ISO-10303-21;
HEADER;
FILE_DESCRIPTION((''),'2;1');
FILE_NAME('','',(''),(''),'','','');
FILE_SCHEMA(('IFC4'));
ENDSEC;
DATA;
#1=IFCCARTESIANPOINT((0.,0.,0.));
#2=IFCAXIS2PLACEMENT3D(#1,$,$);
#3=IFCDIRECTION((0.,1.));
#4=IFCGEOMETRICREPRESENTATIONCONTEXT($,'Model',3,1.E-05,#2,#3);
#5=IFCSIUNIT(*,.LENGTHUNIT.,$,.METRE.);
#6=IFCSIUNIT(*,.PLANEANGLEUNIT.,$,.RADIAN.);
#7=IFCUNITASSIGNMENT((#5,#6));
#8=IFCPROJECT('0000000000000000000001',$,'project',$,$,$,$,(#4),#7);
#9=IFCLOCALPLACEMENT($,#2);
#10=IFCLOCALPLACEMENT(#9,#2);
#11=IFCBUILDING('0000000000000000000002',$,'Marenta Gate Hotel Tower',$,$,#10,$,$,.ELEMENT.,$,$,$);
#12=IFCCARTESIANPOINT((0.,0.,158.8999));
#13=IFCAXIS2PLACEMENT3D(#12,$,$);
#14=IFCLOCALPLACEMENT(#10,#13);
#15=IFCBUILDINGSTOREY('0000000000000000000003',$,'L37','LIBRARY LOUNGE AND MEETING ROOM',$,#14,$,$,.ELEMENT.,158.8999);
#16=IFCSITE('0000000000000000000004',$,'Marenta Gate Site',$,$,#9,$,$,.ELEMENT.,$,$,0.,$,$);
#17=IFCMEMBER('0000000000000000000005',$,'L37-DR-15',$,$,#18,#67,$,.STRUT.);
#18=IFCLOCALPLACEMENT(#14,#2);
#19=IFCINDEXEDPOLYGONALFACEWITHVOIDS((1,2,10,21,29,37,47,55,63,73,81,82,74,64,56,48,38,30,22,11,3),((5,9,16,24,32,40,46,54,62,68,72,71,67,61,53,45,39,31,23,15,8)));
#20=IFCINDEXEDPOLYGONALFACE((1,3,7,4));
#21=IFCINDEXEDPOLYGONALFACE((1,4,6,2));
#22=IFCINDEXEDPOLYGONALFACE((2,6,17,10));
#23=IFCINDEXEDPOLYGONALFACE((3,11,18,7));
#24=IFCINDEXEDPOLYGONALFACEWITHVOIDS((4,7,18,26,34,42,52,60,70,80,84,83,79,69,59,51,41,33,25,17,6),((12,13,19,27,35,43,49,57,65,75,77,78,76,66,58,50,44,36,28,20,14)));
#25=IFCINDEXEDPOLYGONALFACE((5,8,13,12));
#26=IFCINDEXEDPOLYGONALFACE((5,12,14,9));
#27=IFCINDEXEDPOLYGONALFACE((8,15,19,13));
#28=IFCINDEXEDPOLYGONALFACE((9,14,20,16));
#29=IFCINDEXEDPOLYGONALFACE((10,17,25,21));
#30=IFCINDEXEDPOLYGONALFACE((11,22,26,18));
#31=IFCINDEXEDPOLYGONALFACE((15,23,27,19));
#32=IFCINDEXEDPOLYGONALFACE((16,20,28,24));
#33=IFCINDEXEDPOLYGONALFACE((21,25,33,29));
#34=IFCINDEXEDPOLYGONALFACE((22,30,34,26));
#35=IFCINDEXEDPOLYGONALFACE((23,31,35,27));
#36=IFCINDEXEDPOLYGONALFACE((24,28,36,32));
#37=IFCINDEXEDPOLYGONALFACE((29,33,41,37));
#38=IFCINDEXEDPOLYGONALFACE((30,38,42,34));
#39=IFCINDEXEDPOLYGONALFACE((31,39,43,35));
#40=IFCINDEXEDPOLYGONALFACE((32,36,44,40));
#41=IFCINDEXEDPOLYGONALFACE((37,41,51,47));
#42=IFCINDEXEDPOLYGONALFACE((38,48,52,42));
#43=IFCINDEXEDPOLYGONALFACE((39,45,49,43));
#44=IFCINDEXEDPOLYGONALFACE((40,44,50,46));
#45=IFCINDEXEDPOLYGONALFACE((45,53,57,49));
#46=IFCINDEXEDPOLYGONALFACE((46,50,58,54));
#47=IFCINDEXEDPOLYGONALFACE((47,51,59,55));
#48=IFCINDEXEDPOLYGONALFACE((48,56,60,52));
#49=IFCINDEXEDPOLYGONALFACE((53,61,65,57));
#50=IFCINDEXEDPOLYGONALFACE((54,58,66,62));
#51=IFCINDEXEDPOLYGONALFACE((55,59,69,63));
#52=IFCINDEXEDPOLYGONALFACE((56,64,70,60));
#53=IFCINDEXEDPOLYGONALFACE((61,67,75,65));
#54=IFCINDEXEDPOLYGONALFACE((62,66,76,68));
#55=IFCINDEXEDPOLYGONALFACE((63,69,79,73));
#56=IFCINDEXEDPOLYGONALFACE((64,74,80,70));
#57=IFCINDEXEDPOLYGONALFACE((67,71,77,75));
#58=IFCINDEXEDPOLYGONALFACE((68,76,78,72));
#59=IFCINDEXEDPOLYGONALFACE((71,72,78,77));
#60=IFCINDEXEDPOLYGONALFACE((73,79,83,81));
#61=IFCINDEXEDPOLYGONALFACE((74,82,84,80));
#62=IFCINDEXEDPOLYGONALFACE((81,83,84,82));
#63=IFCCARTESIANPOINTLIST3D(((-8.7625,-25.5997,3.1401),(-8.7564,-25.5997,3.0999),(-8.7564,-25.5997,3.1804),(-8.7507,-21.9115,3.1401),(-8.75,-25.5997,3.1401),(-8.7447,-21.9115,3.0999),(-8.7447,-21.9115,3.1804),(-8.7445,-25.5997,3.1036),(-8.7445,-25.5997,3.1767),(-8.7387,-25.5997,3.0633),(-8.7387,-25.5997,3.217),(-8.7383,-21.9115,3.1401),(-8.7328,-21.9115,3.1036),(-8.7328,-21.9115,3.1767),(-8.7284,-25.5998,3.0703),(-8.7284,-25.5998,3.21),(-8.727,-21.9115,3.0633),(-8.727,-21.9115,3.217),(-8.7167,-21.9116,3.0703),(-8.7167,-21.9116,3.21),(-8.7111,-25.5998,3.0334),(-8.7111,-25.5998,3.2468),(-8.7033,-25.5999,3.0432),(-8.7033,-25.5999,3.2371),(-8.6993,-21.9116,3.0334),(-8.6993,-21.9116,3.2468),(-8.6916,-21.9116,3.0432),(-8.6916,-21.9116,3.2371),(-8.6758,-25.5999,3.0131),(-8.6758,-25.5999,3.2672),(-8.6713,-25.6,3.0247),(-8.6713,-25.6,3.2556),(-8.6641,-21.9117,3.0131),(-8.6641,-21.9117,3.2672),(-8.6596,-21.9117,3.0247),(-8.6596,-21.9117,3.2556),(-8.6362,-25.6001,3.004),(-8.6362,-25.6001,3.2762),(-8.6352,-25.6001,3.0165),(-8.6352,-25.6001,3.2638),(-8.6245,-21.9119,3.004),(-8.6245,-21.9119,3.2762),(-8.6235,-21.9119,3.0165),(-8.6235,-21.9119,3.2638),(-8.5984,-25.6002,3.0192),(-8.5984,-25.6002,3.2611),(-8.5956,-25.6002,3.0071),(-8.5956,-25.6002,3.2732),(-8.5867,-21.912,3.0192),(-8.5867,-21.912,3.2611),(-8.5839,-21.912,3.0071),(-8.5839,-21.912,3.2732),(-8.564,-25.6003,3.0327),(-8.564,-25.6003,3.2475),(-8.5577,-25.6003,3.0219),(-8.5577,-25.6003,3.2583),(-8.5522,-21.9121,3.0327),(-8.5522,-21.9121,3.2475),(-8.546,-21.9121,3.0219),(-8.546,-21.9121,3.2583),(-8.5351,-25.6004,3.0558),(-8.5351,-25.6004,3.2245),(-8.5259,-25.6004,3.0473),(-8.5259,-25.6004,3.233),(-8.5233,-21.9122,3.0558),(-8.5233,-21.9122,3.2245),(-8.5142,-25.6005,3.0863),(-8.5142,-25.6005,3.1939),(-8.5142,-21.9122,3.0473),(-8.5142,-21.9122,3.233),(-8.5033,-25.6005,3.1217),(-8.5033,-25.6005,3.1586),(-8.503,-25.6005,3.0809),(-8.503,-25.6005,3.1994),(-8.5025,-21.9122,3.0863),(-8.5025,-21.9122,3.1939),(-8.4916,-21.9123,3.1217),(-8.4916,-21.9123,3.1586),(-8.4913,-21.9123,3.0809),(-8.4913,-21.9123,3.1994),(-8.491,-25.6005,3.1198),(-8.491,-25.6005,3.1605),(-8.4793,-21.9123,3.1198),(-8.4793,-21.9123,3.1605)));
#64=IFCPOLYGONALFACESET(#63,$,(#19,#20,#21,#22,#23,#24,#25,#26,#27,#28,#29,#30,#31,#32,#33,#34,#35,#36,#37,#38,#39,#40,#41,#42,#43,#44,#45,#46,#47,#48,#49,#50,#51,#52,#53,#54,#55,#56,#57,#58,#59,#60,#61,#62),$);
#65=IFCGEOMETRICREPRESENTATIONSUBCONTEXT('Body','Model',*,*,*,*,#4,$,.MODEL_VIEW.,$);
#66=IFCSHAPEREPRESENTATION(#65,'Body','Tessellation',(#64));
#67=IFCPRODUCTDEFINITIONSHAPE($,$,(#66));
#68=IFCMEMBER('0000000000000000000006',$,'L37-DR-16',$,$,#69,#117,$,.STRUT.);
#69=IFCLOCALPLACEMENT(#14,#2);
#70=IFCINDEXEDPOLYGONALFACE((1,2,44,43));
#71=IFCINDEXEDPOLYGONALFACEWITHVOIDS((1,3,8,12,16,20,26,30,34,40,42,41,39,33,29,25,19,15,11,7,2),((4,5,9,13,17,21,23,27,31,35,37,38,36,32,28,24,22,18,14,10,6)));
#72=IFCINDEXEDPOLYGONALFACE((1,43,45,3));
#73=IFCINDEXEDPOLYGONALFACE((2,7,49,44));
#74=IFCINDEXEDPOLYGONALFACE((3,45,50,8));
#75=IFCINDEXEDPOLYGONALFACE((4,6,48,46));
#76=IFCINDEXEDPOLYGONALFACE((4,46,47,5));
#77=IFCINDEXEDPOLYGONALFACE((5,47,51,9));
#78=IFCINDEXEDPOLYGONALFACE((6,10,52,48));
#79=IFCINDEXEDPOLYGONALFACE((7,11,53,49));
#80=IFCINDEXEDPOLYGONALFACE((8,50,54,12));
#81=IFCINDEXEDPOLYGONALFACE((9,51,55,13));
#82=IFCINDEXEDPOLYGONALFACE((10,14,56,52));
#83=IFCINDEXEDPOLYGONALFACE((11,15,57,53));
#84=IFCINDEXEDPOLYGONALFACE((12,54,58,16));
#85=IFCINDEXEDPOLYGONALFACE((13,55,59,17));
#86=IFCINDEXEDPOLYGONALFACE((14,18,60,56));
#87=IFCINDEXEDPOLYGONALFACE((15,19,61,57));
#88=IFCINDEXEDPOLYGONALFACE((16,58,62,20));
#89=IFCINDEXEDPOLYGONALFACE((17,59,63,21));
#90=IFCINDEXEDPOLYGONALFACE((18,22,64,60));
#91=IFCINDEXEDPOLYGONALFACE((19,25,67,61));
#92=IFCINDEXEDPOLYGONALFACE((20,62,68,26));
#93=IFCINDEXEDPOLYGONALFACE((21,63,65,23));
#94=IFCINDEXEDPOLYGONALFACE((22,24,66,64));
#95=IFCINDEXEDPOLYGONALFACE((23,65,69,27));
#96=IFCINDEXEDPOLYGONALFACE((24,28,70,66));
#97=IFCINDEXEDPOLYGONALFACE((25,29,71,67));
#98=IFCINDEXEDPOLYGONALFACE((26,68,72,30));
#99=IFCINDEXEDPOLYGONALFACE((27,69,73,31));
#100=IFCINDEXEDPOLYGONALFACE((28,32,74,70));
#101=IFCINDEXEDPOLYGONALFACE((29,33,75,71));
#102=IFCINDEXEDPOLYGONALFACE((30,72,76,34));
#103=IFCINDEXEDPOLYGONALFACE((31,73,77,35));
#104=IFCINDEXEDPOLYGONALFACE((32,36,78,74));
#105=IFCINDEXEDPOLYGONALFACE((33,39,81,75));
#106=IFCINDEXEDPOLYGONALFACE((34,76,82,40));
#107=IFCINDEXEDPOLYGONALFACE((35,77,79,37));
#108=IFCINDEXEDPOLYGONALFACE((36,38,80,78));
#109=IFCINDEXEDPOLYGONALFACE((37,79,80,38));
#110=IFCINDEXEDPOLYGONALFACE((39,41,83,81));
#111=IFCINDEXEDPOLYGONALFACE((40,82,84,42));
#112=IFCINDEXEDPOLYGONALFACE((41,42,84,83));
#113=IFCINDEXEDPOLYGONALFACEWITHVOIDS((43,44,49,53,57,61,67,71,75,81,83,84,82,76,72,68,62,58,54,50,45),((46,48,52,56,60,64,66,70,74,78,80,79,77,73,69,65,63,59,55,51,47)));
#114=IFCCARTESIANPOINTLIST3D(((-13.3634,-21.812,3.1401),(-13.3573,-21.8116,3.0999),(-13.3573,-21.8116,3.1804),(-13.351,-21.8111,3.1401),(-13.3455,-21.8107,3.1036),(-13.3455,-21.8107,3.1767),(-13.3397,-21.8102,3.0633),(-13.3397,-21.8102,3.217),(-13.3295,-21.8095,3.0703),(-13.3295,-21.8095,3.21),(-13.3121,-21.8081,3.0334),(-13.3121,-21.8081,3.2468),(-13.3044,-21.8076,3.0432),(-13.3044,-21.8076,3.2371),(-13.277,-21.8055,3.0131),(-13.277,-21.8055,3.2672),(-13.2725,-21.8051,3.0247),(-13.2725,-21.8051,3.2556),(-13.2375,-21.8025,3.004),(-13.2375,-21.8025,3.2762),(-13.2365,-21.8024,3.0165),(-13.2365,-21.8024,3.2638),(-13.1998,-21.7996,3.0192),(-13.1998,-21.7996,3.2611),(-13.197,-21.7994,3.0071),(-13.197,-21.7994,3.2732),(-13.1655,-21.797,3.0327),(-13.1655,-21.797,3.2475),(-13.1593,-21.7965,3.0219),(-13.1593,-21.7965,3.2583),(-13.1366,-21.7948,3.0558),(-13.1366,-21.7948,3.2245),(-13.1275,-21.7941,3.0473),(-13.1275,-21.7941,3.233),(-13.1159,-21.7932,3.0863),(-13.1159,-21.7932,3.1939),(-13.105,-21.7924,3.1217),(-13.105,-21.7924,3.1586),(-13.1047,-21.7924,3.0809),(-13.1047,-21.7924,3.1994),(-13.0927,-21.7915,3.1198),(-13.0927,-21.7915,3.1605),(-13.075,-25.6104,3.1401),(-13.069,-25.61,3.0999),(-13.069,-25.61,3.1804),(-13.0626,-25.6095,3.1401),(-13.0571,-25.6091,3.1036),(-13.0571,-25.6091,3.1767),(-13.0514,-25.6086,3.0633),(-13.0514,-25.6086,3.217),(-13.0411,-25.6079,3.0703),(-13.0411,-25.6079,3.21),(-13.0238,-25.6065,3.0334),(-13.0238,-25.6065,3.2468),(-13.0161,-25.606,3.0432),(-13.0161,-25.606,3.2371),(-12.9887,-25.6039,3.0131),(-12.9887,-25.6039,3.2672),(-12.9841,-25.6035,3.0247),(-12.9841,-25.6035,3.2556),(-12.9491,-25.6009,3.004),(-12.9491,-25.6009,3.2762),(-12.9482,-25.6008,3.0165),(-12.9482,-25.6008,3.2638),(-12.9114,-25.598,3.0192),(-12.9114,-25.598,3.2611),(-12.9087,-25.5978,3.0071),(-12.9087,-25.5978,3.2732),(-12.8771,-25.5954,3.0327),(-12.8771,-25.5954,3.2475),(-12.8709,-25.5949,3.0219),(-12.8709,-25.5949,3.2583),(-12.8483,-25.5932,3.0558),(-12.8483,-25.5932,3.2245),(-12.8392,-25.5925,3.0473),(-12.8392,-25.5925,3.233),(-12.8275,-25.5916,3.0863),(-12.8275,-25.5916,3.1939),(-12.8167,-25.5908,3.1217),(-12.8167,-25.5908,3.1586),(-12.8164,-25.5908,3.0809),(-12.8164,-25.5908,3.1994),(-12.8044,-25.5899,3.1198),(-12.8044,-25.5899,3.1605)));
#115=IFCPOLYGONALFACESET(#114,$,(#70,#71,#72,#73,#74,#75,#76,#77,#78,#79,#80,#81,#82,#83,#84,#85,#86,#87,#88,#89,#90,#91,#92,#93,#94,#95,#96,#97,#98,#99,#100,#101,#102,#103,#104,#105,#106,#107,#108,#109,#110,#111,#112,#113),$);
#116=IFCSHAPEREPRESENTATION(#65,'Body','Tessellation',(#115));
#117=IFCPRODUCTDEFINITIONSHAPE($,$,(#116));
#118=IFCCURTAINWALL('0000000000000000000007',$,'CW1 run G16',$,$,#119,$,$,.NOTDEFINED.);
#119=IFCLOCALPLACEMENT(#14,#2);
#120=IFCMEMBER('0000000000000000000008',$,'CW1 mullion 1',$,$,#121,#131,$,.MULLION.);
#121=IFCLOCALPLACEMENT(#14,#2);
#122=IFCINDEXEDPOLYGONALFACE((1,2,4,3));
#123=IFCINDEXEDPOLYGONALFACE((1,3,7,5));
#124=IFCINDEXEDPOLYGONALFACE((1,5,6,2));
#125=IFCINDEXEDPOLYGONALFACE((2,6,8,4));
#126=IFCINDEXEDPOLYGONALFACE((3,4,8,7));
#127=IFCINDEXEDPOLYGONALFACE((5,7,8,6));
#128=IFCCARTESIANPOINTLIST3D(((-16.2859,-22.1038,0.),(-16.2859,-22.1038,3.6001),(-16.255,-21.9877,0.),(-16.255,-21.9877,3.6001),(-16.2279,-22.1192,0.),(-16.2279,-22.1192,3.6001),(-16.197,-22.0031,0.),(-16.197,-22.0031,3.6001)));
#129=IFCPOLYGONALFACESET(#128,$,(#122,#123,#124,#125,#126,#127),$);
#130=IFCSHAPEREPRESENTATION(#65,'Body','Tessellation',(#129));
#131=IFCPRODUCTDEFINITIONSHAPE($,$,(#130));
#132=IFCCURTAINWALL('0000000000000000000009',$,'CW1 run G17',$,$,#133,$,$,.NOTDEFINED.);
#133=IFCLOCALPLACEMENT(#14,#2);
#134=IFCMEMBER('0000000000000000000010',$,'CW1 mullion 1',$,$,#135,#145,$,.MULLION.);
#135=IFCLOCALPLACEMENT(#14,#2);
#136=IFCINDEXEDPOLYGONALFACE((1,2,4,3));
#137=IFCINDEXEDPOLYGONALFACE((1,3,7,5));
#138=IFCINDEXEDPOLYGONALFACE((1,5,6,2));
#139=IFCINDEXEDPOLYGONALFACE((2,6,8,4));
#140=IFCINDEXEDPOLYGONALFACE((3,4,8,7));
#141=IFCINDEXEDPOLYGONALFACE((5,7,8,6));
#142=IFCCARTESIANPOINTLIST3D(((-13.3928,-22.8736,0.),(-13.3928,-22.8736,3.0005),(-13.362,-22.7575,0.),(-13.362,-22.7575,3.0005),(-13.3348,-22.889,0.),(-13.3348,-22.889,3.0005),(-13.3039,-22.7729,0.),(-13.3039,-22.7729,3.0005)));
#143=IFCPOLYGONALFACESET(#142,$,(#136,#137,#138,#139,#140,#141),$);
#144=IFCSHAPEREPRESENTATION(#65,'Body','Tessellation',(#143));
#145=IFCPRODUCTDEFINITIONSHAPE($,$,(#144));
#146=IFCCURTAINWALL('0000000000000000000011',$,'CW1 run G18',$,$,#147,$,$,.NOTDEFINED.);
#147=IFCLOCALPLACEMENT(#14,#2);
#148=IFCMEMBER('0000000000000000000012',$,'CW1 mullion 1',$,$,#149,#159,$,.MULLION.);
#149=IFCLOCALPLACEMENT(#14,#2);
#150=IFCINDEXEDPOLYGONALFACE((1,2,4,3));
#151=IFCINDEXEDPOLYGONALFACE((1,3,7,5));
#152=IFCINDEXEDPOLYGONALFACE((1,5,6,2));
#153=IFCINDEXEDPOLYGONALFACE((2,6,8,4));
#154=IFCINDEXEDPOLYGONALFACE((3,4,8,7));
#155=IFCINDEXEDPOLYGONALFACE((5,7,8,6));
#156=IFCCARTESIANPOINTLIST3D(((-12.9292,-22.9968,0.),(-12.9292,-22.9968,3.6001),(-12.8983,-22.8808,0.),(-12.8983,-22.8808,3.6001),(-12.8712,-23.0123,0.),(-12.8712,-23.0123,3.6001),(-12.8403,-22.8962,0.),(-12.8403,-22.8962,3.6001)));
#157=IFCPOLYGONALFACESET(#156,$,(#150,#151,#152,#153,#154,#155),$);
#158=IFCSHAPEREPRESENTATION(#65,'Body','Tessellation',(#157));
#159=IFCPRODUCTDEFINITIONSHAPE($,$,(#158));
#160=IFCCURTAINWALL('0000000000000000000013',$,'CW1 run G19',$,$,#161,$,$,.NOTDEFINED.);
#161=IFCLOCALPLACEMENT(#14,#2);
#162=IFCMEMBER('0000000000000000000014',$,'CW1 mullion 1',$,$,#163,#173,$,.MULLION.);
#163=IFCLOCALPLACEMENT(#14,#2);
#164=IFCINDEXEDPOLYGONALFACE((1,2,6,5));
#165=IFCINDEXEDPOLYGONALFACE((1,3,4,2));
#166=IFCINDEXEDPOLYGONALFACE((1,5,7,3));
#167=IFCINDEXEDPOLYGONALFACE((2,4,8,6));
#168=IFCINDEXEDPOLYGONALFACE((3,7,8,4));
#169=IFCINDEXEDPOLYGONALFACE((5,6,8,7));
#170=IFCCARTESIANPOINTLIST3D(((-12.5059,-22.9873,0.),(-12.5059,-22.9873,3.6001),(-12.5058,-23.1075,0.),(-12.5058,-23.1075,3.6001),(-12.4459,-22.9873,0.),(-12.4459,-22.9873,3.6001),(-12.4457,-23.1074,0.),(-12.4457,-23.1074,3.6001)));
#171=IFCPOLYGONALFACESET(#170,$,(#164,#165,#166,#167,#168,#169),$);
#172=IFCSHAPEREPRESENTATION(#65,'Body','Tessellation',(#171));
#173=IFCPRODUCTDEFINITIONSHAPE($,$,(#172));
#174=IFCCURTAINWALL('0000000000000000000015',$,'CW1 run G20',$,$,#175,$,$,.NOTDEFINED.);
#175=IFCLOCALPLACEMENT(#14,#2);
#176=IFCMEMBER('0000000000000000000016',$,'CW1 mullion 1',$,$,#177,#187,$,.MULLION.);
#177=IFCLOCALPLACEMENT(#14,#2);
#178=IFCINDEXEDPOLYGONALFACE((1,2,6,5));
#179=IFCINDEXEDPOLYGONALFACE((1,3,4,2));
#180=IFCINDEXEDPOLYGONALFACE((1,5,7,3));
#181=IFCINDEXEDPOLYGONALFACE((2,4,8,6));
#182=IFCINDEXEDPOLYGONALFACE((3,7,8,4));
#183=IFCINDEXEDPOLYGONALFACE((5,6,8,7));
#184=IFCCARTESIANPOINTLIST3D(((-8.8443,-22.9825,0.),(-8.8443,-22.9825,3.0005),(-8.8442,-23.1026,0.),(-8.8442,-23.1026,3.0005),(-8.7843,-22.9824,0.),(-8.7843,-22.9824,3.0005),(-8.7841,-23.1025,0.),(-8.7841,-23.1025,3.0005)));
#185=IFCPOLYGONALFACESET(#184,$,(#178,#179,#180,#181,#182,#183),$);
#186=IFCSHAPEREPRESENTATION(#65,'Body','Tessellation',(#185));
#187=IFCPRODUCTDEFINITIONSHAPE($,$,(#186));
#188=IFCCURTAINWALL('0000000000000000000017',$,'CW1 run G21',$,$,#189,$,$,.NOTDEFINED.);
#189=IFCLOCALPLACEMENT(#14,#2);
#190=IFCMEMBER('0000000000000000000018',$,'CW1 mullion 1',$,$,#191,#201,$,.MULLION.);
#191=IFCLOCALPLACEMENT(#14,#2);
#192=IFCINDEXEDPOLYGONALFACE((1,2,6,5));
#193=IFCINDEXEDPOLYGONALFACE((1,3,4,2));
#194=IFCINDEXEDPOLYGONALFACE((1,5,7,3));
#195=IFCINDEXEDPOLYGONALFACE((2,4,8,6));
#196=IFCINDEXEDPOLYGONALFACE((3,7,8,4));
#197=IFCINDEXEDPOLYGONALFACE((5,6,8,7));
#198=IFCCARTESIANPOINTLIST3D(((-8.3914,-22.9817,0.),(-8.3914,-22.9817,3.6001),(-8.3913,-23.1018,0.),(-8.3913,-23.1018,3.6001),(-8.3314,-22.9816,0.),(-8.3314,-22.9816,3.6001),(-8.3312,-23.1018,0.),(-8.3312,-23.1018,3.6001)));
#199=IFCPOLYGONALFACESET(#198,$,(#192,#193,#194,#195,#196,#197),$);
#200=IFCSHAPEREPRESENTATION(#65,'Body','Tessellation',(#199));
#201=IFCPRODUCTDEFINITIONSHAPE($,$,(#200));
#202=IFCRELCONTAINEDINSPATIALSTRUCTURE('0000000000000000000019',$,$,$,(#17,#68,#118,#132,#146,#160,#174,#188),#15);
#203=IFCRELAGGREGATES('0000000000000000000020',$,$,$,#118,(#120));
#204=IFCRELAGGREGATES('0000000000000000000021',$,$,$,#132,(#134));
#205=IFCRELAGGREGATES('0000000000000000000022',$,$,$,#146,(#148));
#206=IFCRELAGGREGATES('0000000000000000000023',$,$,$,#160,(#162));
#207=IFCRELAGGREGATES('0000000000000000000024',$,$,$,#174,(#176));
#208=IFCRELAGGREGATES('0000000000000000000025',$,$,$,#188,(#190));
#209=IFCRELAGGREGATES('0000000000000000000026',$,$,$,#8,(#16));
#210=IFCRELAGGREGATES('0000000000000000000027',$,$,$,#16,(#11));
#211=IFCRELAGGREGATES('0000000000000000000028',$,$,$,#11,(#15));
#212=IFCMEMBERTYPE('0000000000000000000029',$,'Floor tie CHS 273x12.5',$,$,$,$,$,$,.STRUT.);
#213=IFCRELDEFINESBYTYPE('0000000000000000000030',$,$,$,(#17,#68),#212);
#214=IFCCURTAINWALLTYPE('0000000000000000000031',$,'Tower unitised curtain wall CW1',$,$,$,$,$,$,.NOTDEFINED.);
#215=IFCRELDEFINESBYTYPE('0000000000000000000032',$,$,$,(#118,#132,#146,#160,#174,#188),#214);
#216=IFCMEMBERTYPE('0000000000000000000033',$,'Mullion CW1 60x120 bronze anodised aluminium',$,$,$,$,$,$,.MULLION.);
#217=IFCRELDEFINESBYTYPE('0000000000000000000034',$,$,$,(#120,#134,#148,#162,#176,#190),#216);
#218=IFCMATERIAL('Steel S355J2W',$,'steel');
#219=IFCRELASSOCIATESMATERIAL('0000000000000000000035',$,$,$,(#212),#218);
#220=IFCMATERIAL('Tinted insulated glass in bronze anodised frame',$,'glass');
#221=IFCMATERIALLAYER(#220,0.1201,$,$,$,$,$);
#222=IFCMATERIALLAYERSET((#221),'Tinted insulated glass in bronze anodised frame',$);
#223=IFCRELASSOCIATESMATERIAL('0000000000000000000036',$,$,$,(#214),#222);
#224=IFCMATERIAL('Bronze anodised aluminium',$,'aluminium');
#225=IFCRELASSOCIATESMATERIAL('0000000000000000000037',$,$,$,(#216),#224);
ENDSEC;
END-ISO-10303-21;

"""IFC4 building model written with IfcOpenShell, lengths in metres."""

from ifc_helpers import new_model, si_unit, direction, frame, origin, origin_2d, place, context, subcontext, project, spatial, rectangle, hollow_circle, extrude, material, layer, layer_set, material_profile, profile_set, type_object, element, aggregate, save


model = new_model("IFC4")

# Units and contexts
model_context = context("Model", 3, precision=1e-05, world=origin(), true_north=direction((0.0, 1.0)))
body_context = subcontext(model_context, "Body", "Model", "MODEL_VIEW")
ifc_project = project(units=[si_unit("LENGTHUNIT", "METRE"), si_unit("PLANEANGLEUNIT", "RADIAN")], contexts=[model_context])

# Site, building, storey
site_placement = place(None, origin())
site = spatial("IfcSite", under=ifc_project, at=site_placement, Name="Marenta Gate Site", CompositionType="ELEMENT", RefElevation=0.0)
building_placement = place(site_placement, origin())
building = spatial("IfcBuilding", under=site, at=building_placement, Name="Marenta Gate Hotel Tower", CompositionType="ELEMENT")
storey_placement = place(building_placement, frame((0.0, 0.0, 158.8999)))
storey = spatial("IfcBuildingStorey", under=building, at=storey_placement, Name="L37", Description="LIBRARY LOUNGE AND MEETING ROOM", CompositionType="ELEMENT", Elevation=158.8999)

# Members
ifc_material_1 = material(Name="Steel S355J2W", Category="steel")
ifc_material_profile_1 = material_profile(ifc_material_1, hollow_circle(Radius=0.1365, WallThickness=0.0125, at=origin_2d()), Name="CHS 273x12.5")
ifc_profile_set_1 = profile_set([ifc_material_profile_1], Name="Steel S355J2W")
member_type_1 = type_object("IfcMemberType", Name="Floor tie CHS 273x12.5", PredefinedType="STRUT", material=ifc_profile_set_1)
member_1_placement = place(storey_placement, frame((-8.626, -25.6001, 3.1401), z_axis=(0.003177, 0.999995, 0.0), x_axis=(-0.999995, 0.003177, 0.0)))
element("IfcMember", 1, at=member_1_placement, inside=storey, type_object=member_type_1, Name="L37-DR-15", PredefinedType="STRUT", context=body_context, shape_type="SweptSolid", body=[
    extrude(hollow_circle(Radius=0.1365, WallThickness=0.0125, at=origin_2d()), origin(), (0.0, 0.0, 1.0), 3.6882),
])
member_2_placement = place(storey_placement, frame((-12.939, -25.6001, 3.1401), z_axis=(-0.075692, 0.997131, 0.0), x_axis=(-0.997131, -0.075692, 0.0)))
element("IfcMember", 2, at=member_2_placement, inside=storey, type_object=member_type_1, Name="L37-DR-16", PredefinedType="STRUT", context=body_context, shape_type="SweptSolid", body=[
    extrude(hollow_circle(Radius=0.1365, WallThickness=0.0125, at=origin_2d()), origin(), (0.0, 0.0, 1.0), 3.8093),
])

# Curtain walls, members
ifc_material_2 = material(Name="Tinted insulated glass in bronze anodised frame", Category="glass")
ifc_layer_1 = layer(ifc_material_2, 0.1201)
ifc_layer_set_1 = layer_set([ifc_layer_1], Name="Tinted insulated glass in bronze anodised frame")
curtain_wall_type = type_object("IfcCurtainWallType", Name="Tower unitised curtain wall CW1", PredefinedType="NOTDEFINED", material=ifc_layer_set_1)
curtain_wall_1_placement = place(storey_placement, origin())
curtain_wall_1 = element("IfcCurtainWall", 3, at=curtain_wall_1_placement, inside=storey, type_object=curtain_wall_type, Name="CW1 run G16", PredefinedType="NOTDEFINED")
ifc_material_3 = material(Name="Bronze anodised aluminium", Category="aluminium")
ifc_material_profile_2 = material_profile(ifc_material_3, rectangle(XDim=0.1201, YDim=0.0601, at=origin_2d()), Name="Mullion CW1 60x120 bronze anodised aluminium")
ifc_profile_set_2 = profile_set([ifc_material_profile_2], Name="Bronze anodised aluminium")
member_type_2 = type_object("IfcMemberType", Name="Mullion CW1 60x120 bronze anodised aluminium", PredefinedType="MULLION", material=ifc_profile_set_2)
member_3_placement = place(storey_placement, frame((-16.2415, -22.0535, 0.0), z_axis=(0.0, 0.0, 1.0), x_axis=(0.257135, 0.966376, 0.0)))
member_3 = element("IfcMember", 4, at=member_3_placement, type_object=member_type_2, Name="CW1 mullion 1", PredefinedType="MULLION", context=body_context, shape_type="SweptSolid", body=[
    extrude(rectangle(XDim=0.1201, YDim=0.0601, at=origin_2d()), origin(), (0.0, 0.0, 1.0), 3.6001),
])
curtain_wall_2_placement = place(storey_placement, origin())
curtain_wall_2 = element("IfcCurtainWall", 5, at=curtain_wall_2_placement, inside=storey, type_object=curtain_wall_type, Name="CW1 run G17", PredefinedType="NOTDEFINED")
member_4_placement = place(storey_placement, frame((-13.3484, -22.8232, 0.0), z_axis=(0.0, 0.0, 1.0), x_axis=(0.257027, 0.966404, 0.0)))
member_4 = element("IfcMember", 6, at=member_4_placement, type_object=member_type_2, Name="CW1 mullion 1", PredefinedType="MULLION", context=body_context, shape_type="SweptSolid", body=[
    extrude(rectangle(XDim=0.1201, YDim=0.0601, at=origin_2d()), origin(), (0.0, 0.0, 1.0), 3.0005),
])
curtain_wall_3_placement = place(storey_placement, origin())
curtain_wall_3 = element("IfcCurtainWall", 7, at=curtain_wall_3_placement, inside=storey, type_object=curtain_wall_type, Name="CW1 run G18", PredefinedType="NOTDEFINED")
member_5_placement = place(storey_placement, frame((-12.8848, -22.9465, 0.0), z_axis=(0.0, 0.0, 1.0), x_axis=(0.257279, 0.966337, 0.0)))
member_5 = element("IfcMember", 8, at=member_5_placement, type_object=member_type_2, Name="CW1 mullion 1", PredefinedType="MULLION", context=body_context, shape_type="SweptSolid", body=[
    extrude(rectangle(XDim=0.1201, YDim=0.0601, at=origin_2d()), origin(), (0.0, 0.0, 1.0), 3.6001),
])
curtain_wall_4_placement = place(storey_placement, origin())
curtain_wall_4 = element("IfcCurtainWall", 9, at=curtain_wall_4_placement, inside=storey, type_object=curtain_wall_type, Name="CW1 run G19", PredefinedType="NOTDEFINED")
member_6_placement = place(storey_placement, frame((-12.4758, -23.0474, 0.0), z_axis=(0.0, 0.0, 1.0), x_axis=(-0.001366, 0.999999, 0.0)))
member_6 = element("IfcMember", 10, at=member_6_placement, type_object=member_type_2, Name="CW1 mullion 1", PredefinedType="MULLION", context=body_context, shape_type="SweptSolid", body=[
    extrude(rectangle(XDim=0.1201, YDim=0.0601, at=origin_2d()), origin(), (0.0, 0.0, 1.0), 3.6001),
])
curtain_wall_5_placement = place(storey_placement, origin())
curtain_wall_5 = element("IfcCurtainWall", 11, at=curtain_wall_5_placement, inside=storey, type_object=curtain_wall_type, Name="CW1 run G20", PredefinedType="NOTDEFINED")
member_7_placement = place(storey_placement, frame((-8.8142, -23.0425, 0.0), z_axis=(0.0, 0.0, 1.0), x_axis=(-0.001325, 0.999999, 0.0)))
member_7 = element("IfcMember", 12, at=member_7_placement, type_object=member_type_2, Name="CW1 mullion 1", PredefinedType="MULLION", context=body_context, shape_type="SweptSolid", body=[
    extrude(rectangle(XDim=0.1201, YDim=0.0601, at=origin_2d()), origin(), (0.0, 0.0, 1.0), 3.0005),
])

# Curtain wall, member
curtain_wall_6_placement = place(storey_placement, origin())
curtain_wall_6 = element("IfcCurtainWall", 13, at=curtain_wall_6_placement, inside=storey, type_object=curtain_wall_type, Name="CW1 run G21", PredefinedType="NOTDEFINED")
member_8_placement = place(storey_placement, frame((-8.3613, -23.0417, 0.0), z_axis=(0.0, 0.0, 1.0), x_axis=(-0.001363, 0.999999, 0.0)))
member_8 = element("IfcMember", 14, at=member_8_placement, type_object=member_type_2, Name="CW1 mullion 1", PredefinedType="MULLION", context=body_context, shape_type="SweptSolid", body=[
    extrude(rectangle(XDim=0.1201, YDim=0.0601, at=origin_2d()), origin(), (0.0, 0.0, 1.0), 3.6001),
])

aggregate(curtain_wall_1, [member_3])
aggregate(curtain_wall_2, [member_4])
aggregate(curtain_wall_3, [member_5])
aggregate(curtain_wall_4, [member_6])
aggregate(curtain_wall_5, [member_7])
aggregate(curtain_wall_6, [member_8])

save(model, "model.ifc")
